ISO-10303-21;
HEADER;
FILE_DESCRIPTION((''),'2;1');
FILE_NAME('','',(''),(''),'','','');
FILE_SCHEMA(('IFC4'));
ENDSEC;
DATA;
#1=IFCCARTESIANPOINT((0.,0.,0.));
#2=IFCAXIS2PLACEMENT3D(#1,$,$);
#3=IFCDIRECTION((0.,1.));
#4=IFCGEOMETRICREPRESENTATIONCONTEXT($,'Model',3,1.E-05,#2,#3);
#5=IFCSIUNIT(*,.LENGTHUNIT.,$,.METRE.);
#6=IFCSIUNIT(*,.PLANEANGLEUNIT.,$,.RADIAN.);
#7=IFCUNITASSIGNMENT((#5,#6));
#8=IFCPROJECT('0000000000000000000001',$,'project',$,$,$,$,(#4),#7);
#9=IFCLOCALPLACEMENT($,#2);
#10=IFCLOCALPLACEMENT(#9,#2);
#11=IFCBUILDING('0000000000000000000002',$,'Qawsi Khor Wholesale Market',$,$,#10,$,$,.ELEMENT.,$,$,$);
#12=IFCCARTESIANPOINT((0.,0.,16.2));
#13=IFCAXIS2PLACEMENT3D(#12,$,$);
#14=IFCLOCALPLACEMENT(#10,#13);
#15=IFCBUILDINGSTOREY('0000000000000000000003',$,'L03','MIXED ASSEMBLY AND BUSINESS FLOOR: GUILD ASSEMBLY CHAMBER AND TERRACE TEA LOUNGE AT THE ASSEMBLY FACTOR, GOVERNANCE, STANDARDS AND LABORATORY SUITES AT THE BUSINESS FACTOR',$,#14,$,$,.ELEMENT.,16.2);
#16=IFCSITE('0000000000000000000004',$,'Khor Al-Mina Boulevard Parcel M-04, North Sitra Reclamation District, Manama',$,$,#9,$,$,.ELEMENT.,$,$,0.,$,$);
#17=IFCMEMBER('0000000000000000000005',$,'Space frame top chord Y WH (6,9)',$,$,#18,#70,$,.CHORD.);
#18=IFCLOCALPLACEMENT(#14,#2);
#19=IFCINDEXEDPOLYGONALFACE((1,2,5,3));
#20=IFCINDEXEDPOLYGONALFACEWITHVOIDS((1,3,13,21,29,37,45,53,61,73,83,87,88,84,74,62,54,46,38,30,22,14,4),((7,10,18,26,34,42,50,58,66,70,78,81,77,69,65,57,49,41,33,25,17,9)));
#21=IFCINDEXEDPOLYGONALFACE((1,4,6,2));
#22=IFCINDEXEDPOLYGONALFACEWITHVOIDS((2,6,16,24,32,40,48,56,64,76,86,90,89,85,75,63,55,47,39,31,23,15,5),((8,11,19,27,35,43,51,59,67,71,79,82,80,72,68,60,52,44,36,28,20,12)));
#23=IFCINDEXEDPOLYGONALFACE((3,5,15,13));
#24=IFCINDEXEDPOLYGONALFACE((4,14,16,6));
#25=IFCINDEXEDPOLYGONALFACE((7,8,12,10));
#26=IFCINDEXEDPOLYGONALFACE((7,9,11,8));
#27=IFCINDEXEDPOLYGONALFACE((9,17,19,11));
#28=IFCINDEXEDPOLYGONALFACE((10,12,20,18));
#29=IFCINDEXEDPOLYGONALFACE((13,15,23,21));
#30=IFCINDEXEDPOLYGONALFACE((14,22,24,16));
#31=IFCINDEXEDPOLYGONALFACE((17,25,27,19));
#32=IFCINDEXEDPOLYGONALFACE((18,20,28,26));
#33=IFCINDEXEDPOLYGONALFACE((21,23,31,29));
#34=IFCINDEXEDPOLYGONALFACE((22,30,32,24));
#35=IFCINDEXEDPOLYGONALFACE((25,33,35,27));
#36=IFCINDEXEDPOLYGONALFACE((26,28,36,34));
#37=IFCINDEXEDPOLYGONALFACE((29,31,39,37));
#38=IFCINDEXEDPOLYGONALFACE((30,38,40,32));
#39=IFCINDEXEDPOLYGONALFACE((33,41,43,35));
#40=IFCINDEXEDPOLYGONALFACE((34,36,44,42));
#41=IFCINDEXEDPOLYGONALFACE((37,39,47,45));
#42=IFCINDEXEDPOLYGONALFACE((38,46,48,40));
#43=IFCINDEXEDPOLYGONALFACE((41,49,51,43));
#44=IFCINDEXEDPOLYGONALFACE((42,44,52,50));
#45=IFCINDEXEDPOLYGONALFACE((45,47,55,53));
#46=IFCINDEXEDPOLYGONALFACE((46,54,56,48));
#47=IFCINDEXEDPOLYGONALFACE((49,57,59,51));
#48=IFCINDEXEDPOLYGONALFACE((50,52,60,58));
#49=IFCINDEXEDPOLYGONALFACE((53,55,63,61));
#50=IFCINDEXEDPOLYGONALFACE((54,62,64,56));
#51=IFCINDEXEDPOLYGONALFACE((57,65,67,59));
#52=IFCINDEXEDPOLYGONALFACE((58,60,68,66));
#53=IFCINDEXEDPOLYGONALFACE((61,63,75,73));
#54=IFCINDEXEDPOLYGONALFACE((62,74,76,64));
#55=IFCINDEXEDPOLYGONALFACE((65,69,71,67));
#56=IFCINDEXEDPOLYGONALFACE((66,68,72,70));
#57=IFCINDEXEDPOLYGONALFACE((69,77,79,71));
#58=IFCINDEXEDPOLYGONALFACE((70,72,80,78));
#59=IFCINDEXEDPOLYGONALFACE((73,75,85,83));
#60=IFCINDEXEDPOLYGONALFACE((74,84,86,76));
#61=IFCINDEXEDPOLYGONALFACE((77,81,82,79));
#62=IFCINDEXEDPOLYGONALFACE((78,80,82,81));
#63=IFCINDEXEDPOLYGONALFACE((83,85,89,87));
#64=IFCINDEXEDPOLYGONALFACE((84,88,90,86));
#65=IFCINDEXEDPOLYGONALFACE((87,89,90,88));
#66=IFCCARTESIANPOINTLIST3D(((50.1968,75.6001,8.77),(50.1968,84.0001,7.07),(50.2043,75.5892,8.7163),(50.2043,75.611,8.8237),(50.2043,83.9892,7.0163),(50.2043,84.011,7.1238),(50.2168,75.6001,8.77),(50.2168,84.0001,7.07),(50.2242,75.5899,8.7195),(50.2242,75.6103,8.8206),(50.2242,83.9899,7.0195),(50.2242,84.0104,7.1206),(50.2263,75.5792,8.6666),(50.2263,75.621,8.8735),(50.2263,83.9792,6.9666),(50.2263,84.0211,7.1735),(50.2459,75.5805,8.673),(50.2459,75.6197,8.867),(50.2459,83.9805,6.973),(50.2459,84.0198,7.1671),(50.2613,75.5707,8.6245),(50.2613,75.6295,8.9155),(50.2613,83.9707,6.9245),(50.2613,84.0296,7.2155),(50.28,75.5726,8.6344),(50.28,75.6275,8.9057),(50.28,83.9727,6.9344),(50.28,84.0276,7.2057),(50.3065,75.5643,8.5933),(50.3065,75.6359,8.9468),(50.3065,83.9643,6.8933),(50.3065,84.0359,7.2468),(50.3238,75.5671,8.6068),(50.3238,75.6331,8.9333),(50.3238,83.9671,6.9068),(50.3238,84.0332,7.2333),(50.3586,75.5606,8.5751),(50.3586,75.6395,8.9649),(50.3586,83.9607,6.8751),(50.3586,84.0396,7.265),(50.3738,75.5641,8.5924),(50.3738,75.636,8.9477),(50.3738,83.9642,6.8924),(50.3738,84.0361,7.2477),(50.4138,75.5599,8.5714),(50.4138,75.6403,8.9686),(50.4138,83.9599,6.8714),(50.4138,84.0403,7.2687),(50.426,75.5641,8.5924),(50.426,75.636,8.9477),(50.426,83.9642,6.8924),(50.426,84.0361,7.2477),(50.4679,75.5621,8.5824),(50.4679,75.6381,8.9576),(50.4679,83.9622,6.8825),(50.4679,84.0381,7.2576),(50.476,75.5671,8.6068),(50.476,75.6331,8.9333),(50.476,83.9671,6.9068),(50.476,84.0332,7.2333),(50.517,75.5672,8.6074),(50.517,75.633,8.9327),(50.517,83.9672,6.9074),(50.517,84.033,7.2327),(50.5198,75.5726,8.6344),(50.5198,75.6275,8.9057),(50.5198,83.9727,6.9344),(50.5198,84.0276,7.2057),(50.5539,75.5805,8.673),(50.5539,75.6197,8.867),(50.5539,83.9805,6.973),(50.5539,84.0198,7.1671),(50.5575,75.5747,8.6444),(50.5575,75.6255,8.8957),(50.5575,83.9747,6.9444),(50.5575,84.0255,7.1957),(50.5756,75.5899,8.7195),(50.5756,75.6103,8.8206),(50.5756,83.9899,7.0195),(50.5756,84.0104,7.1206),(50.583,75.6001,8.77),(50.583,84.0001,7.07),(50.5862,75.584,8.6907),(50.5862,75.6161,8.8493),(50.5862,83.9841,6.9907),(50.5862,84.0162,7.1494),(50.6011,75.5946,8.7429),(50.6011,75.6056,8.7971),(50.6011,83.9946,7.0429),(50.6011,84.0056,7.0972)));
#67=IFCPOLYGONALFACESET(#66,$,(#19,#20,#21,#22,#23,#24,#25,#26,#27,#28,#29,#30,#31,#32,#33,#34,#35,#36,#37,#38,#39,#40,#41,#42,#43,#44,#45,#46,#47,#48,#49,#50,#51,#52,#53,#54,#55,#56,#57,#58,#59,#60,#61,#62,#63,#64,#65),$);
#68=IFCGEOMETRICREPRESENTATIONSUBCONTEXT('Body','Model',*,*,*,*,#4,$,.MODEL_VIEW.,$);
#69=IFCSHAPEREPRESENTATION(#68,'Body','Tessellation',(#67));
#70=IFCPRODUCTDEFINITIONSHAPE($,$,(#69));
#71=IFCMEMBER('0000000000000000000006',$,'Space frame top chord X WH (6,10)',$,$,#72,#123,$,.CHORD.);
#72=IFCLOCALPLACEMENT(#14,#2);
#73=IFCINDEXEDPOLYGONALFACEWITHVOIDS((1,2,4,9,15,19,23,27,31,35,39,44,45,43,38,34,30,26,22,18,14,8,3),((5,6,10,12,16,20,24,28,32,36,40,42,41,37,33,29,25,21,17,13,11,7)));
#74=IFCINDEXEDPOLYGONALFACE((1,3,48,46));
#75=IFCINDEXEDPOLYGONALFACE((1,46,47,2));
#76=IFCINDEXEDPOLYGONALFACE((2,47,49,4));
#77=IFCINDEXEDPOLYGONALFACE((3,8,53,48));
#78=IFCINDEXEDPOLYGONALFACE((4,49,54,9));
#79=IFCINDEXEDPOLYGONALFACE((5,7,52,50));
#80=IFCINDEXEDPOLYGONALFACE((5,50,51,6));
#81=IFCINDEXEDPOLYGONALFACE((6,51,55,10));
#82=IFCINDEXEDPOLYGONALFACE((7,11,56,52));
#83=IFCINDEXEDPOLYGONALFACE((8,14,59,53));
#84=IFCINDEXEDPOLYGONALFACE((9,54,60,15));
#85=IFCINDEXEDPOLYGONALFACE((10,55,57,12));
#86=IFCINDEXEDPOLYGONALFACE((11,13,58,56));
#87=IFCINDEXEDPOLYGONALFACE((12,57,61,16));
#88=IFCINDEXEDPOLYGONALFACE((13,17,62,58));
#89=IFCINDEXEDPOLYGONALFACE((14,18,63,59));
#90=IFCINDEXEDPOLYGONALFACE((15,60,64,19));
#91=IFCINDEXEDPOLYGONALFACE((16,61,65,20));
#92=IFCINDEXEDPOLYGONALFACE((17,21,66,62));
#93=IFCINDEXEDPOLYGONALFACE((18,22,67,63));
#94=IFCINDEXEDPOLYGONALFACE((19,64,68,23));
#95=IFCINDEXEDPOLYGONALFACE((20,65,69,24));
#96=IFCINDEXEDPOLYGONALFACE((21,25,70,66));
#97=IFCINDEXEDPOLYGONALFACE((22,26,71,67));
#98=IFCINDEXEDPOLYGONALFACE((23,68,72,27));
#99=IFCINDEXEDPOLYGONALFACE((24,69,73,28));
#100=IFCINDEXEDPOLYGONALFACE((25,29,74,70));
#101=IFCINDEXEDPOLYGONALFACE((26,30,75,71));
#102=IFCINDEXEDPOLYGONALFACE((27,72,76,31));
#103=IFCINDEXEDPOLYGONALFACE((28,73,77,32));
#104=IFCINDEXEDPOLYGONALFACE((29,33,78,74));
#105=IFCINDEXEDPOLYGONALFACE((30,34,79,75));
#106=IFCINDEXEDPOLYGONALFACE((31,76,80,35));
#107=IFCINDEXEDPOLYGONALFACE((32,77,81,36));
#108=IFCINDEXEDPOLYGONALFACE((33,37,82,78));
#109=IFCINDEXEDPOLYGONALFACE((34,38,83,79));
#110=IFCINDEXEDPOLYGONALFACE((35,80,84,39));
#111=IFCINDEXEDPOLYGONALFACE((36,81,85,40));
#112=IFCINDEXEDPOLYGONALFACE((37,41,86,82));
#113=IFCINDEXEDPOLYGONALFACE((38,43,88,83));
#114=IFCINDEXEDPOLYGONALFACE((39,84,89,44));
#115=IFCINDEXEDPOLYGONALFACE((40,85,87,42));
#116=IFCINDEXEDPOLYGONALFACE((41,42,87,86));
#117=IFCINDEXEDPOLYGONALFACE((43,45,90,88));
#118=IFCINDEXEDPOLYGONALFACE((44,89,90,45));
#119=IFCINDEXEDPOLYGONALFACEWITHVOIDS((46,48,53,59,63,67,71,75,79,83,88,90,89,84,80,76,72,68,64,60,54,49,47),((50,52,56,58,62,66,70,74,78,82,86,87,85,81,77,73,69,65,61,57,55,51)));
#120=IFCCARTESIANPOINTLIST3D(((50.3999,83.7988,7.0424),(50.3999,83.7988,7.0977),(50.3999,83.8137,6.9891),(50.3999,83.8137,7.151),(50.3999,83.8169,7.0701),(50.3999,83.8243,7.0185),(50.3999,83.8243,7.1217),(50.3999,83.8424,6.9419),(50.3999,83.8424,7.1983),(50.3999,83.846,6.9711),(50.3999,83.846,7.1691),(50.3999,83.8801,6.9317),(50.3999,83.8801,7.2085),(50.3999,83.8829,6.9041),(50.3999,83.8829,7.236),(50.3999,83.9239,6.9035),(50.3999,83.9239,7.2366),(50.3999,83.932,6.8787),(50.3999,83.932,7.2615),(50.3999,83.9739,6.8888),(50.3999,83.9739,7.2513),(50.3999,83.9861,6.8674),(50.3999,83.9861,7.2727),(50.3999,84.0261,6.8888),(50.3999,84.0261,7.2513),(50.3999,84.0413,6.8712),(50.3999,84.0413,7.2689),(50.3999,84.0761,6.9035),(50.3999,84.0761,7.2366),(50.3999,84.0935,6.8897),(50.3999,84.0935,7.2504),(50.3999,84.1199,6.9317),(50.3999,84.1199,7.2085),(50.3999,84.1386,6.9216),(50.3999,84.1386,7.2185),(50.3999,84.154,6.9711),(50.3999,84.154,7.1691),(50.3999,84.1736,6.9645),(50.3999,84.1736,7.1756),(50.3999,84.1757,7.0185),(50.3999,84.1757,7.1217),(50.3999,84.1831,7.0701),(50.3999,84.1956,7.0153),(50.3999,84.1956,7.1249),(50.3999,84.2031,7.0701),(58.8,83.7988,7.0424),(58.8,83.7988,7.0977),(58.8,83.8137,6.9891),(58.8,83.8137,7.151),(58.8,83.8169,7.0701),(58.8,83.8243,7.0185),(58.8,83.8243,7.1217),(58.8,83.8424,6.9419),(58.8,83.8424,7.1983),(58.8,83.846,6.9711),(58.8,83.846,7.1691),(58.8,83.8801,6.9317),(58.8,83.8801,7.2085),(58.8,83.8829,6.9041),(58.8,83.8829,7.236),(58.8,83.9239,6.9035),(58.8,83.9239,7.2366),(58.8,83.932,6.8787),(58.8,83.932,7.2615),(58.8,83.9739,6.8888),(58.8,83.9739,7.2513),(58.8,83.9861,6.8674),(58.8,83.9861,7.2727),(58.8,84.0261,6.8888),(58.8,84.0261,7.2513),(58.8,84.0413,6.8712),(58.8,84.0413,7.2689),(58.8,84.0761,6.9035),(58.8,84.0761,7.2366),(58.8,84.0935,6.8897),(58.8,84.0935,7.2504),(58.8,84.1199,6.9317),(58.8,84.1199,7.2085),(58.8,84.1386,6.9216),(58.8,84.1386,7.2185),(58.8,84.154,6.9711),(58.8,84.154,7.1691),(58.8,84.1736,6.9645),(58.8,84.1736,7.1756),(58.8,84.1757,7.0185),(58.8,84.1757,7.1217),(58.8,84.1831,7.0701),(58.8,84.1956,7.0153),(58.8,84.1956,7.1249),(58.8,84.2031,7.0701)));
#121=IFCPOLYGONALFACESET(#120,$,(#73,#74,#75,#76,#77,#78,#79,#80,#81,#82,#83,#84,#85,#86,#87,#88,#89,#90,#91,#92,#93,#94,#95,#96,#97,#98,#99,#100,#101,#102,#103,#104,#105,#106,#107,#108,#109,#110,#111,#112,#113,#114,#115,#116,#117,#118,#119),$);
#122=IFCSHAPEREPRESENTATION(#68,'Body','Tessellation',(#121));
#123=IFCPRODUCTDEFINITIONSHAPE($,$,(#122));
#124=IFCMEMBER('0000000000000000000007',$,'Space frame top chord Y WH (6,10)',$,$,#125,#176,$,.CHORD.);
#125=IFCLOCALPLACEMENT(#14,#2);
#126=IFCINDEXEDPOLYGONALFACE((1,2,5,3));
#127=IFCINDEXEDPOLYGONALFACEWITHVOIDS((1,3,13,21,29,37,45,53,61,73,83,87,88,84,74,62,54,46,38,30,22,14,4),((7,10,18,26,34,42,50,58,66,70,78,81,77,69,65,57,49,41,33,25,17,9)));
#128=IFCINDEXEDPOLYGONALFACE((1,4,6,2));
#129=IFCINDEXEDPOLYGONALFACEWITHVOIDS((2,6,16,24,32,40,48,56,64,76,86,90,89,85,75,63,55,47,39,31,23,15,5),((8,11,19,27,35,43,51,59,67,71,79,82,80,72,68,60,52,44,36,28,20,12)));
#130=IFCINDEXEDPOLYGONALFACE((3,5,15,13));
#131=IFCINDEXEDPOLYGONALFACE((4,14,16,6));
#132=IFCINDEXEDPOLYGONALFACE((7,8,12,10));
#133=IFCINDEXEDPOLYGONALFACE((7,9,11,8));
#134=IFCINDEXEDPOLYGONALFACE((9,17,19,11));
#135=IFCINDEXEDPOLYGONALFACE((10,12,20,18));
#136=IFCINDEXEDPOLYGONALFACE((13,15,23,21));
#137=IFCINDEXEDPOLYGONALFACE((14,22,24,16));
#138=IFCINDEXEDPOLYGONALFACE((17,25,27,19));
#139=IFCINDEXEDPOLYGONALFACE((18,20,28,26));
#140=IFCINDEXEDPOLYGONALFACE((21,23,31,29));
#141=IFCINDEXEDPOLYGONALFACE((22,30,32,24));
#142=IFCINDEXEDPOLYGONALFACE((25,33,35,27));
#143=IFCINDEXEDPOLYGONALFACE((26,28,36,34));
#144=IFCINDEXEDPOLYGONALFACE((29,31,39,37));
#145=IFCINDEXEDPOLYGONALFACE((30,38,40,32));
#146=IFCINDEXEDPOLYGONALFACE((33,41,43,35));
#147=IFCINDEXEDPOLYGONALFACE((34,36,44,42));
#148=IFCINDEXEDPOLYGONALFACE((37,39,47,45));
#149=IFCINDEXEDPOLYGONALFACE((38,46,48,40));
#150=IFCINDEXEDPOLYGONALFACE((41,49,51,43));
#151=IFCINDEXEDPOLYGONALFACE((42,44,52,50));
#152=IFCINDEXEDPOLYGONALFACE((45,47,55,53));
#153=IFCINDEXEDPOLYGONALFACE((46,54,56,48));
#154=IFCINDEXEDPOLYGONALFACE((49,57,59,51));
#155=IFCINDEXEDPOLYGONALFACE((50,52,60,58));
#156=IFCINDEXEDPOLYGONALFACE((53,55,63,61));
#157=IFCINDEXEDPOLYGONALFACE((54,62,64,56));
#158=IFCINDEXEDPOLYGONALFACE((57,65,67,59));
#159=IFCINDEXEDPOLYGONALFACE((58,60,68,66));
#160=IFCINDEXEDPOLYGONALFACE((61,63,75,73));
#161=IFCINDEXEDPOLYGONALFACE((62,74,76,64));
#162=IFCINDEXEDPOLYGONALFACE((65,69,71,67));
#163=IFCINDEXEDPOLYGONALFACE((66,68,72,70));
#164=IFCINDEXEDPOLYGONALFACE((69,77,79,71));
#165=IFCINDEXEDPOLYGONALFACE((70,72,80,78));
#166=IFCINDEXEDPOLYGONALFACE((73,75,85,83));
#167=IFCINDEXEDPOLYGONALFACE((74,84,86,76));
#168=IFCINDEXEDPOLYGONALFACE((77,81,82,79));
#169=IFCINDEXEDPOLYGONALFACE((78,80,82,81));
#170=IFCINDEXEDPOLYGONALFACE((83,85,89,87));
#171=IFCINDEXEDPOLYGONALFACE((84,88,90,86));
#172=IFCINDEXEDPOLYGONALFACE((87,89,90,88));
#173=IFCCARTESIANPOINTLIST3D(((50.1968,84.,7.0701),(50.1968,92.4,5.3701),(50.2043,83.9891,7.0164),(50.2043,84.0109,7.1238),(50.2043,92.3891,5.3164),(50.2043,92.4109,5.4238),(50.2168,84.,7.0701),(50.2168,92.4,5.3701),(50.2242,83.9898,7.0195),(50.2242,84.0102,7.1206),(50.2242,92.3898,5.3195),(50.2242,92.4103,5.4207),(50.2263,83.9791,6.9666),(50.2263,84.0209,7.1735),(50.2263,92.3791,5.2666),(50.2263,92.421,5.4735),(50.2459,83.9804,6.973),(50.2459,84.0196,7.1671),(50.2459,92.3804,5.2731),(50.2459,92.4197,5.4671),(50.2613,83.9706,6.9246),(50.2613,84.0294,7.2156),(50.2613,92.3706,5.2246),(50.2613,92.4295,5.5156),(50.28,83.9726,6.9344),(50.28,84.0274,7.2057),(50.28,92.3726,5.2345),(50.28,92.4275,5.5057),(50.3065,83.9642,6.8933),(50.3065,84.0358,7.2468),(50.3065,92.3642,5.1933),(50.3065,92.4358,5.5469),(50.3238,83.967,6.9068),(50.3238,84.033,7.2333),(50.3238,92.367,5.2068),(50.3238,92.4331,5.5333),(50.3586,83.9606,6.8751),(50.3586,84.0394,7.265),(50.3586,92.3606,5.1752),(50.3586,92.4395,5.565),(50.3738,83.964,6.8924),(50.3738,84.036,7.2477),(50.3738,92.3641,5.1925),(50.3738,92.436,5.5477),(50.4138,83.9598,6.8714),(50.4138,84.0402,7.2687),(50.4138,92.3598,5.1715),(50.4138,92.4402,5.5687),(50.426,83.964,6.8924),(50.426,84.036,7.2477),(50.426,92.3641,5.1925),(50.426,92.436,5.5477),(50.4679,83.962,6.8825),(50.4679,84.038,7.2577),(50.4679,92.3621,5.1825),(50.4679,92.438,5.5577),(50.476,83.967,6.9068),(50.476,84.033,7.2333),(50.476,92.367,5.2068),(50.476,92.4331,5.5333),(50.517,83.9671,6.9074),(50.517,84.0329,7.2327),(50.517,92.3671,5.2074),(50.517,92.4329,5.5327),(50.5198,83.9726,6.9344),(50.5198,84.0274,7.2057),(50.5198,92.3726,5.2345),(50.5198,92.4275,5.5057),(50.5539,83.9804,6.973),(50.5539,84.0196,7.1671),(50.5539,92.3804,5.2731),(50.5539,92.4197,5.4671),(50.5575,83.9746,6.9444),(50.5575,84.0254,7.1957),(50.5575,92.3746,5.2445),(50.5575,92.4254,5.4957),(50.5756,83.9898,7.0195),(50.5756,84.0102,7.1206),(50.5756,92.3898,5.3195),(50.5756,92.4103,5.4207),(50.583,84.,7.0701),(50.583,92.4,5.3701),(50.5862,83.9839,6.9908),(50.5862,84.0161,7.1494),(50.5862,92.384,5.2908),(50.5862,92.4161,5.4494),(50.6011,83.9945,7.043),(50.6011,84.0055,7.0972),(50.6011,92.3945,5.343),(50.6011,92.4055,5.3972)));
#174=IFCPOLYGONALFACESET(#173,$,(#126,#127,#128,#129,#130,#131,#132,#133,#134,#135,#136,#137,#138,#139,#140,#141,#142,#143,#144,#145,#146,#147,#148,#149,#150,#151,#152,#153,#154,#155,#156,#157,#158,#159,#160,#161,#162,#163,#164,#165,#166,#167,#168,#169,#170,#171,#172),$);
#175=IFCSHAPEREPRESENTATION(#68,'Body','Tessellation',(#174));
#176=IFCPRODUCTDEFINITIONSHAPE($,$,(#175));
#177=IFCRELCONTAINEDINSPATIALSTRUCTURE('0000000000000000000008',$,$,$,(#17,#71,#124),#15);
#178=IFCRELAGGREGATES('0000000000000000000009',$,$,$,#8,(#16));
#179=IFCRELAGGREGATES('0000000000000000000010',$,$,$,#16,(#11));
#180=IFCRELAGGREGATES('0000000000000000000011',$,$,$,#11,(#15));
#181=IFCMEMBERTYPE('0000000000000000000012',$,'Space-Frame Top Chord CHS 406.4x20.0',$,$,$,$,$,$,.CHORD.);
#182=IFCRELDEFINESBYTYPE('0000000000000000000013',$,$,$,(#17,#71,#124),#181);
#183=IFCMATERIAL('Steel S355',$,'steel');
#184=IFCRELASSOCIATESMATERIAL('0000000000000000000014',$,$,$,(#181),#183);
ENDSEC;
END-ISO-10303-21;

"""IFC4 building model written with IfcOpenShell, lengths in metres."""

from ifc_helpers import new_model, si_unit, direction, frame, origin, origin_2d, place, context, subcontext, project, spatial, hollow_circle, extrude, material, material_profile, profile_set, type_object, element, save


model = new_model("IFC4")

# Units and contexts
model_context = context("Model", 3, precision=1e-05, world=origin(), true_north=direction((0.0, 1.0)))
body_context = subcontext(model_context, "Body", "Model", "MODEL_VIEW")
ifc_project = project(units=[si_unit("LENGTHUNIT", "METRE"), si_unit("PLANEANGLEUNIT", "RADIAN")], contexts=[model_context])

# Site, building, storey
site_placement = place(None, origin())
site = spatial("IfcSite", under=ifc_project, at=site_placement, Name="Khor Al-Mina Boulevard Parcel M-04, North Sitra Reclamation District, Manama", CompositionType="ELEMENT", RefElevation=0.0)
building_placement = place(site_placement, origin())
building = spatial("IfcBuilding", under=site, at=building_placement, Name="Qawsi Khor Wholesale Market", CompositionType="ELEMENT")
storey_placement = place(building_placement, frame((0.0, 0.0, 16.2)))
storey = spatial("IfcBuildingStorey", under=building, at=storey_placement, Name="L03", Description="MIXED ASSEMBLY AND BUSINESS FLOOR: GUILD ASSEMBLY CHAMBER AND TERRACE TEA LOUNGE AT THE ASSEMBLY FACTOR, GOVERNANCE, STANDARDS AND LABORATORY SUITES AT THE BUSINESS FACTOR", CompositionType="ELEMENT", Elevation=16.2)

# Members
ifc_material_1 = material(Name="Steel S355", Category="steel")
ifc_material_profile_1 = material_profile(ifc_material_1, hollow_circle(Radius=0.2031, WallThickness=0.02, at=origin_2d()), Name="CHS 406.4x20.0")
ifc_profile_set_1 = profile_set([ifc_material_profile_1], Name="Steel S355")
member_type_1 = type_object("IfcMemberType", Name="Space-Frame Top Chord CHS 406.4x20.0", PredefinedType="CHORD", material=ifc_profile_set_1)
member_1_placement = place(storey_placement, frame((50.3999, 75.6001, 8.77), z_axis=(0.0, 0.98013, -0.198356), x_axis=(-1.0, 0.0, 0.0)))
element("IfcMember", 1, at=member_1_placement, inside=storey, type_object=member_type_1, Name="Space frame top chord Y WH (6,9)", PredefinedType="CHORD", context=body_context, shape_type="SweptSolid", body=[
    extrude(hollow_circle(Radius=0.2031, WallThickness=0.02, at=origin_2d()), origin(), (0.0, 0.0, 1.0), 8.5703),
])
member_2_placement = place(storey_placement, frame((50.3999, 84.0, 7.0701), z_axis=(1.0, 0.0, 0.0), x_axis=(0.0, 1.0, 0.0)))
element("IfcMember", 2, at=member_2_placement, inside=storey, type_object=member_type_1, Name="Space frame top chord X WH (6,10)", PredefinedType="CHORD", context=body_context, shape_type="SweptSolid", body=[
    extrude(hollow_circle(Radius=0.2031, WallThickness=0.02, at=origin_2d()), origin(), (0.0, 0.0, 1.0), 8.4001),
])
member_3_placement = place(storey_placement, frame((50.3999, 84.0, 7.0701), z_axis=(0.0, 0.98013, -0.198356), x_axis=(-1.0, 0.0, 0.0)))
element("IfcMember", 3, at=member_3_placement, inside=storey, type_object=member_type_1, Name="Space frame top chord Y WH (6,10)", PredefinedType="CHORD", context=body_context, shape_type="SweptSolid", body=[
    extrude(hollow_circle(Radius=0.2031, WallThickness=0.02, at=origin_2d()), origin(), (0.0, 0.0, 1.0), 8.5703),
])

save(model, "model.ifc")
